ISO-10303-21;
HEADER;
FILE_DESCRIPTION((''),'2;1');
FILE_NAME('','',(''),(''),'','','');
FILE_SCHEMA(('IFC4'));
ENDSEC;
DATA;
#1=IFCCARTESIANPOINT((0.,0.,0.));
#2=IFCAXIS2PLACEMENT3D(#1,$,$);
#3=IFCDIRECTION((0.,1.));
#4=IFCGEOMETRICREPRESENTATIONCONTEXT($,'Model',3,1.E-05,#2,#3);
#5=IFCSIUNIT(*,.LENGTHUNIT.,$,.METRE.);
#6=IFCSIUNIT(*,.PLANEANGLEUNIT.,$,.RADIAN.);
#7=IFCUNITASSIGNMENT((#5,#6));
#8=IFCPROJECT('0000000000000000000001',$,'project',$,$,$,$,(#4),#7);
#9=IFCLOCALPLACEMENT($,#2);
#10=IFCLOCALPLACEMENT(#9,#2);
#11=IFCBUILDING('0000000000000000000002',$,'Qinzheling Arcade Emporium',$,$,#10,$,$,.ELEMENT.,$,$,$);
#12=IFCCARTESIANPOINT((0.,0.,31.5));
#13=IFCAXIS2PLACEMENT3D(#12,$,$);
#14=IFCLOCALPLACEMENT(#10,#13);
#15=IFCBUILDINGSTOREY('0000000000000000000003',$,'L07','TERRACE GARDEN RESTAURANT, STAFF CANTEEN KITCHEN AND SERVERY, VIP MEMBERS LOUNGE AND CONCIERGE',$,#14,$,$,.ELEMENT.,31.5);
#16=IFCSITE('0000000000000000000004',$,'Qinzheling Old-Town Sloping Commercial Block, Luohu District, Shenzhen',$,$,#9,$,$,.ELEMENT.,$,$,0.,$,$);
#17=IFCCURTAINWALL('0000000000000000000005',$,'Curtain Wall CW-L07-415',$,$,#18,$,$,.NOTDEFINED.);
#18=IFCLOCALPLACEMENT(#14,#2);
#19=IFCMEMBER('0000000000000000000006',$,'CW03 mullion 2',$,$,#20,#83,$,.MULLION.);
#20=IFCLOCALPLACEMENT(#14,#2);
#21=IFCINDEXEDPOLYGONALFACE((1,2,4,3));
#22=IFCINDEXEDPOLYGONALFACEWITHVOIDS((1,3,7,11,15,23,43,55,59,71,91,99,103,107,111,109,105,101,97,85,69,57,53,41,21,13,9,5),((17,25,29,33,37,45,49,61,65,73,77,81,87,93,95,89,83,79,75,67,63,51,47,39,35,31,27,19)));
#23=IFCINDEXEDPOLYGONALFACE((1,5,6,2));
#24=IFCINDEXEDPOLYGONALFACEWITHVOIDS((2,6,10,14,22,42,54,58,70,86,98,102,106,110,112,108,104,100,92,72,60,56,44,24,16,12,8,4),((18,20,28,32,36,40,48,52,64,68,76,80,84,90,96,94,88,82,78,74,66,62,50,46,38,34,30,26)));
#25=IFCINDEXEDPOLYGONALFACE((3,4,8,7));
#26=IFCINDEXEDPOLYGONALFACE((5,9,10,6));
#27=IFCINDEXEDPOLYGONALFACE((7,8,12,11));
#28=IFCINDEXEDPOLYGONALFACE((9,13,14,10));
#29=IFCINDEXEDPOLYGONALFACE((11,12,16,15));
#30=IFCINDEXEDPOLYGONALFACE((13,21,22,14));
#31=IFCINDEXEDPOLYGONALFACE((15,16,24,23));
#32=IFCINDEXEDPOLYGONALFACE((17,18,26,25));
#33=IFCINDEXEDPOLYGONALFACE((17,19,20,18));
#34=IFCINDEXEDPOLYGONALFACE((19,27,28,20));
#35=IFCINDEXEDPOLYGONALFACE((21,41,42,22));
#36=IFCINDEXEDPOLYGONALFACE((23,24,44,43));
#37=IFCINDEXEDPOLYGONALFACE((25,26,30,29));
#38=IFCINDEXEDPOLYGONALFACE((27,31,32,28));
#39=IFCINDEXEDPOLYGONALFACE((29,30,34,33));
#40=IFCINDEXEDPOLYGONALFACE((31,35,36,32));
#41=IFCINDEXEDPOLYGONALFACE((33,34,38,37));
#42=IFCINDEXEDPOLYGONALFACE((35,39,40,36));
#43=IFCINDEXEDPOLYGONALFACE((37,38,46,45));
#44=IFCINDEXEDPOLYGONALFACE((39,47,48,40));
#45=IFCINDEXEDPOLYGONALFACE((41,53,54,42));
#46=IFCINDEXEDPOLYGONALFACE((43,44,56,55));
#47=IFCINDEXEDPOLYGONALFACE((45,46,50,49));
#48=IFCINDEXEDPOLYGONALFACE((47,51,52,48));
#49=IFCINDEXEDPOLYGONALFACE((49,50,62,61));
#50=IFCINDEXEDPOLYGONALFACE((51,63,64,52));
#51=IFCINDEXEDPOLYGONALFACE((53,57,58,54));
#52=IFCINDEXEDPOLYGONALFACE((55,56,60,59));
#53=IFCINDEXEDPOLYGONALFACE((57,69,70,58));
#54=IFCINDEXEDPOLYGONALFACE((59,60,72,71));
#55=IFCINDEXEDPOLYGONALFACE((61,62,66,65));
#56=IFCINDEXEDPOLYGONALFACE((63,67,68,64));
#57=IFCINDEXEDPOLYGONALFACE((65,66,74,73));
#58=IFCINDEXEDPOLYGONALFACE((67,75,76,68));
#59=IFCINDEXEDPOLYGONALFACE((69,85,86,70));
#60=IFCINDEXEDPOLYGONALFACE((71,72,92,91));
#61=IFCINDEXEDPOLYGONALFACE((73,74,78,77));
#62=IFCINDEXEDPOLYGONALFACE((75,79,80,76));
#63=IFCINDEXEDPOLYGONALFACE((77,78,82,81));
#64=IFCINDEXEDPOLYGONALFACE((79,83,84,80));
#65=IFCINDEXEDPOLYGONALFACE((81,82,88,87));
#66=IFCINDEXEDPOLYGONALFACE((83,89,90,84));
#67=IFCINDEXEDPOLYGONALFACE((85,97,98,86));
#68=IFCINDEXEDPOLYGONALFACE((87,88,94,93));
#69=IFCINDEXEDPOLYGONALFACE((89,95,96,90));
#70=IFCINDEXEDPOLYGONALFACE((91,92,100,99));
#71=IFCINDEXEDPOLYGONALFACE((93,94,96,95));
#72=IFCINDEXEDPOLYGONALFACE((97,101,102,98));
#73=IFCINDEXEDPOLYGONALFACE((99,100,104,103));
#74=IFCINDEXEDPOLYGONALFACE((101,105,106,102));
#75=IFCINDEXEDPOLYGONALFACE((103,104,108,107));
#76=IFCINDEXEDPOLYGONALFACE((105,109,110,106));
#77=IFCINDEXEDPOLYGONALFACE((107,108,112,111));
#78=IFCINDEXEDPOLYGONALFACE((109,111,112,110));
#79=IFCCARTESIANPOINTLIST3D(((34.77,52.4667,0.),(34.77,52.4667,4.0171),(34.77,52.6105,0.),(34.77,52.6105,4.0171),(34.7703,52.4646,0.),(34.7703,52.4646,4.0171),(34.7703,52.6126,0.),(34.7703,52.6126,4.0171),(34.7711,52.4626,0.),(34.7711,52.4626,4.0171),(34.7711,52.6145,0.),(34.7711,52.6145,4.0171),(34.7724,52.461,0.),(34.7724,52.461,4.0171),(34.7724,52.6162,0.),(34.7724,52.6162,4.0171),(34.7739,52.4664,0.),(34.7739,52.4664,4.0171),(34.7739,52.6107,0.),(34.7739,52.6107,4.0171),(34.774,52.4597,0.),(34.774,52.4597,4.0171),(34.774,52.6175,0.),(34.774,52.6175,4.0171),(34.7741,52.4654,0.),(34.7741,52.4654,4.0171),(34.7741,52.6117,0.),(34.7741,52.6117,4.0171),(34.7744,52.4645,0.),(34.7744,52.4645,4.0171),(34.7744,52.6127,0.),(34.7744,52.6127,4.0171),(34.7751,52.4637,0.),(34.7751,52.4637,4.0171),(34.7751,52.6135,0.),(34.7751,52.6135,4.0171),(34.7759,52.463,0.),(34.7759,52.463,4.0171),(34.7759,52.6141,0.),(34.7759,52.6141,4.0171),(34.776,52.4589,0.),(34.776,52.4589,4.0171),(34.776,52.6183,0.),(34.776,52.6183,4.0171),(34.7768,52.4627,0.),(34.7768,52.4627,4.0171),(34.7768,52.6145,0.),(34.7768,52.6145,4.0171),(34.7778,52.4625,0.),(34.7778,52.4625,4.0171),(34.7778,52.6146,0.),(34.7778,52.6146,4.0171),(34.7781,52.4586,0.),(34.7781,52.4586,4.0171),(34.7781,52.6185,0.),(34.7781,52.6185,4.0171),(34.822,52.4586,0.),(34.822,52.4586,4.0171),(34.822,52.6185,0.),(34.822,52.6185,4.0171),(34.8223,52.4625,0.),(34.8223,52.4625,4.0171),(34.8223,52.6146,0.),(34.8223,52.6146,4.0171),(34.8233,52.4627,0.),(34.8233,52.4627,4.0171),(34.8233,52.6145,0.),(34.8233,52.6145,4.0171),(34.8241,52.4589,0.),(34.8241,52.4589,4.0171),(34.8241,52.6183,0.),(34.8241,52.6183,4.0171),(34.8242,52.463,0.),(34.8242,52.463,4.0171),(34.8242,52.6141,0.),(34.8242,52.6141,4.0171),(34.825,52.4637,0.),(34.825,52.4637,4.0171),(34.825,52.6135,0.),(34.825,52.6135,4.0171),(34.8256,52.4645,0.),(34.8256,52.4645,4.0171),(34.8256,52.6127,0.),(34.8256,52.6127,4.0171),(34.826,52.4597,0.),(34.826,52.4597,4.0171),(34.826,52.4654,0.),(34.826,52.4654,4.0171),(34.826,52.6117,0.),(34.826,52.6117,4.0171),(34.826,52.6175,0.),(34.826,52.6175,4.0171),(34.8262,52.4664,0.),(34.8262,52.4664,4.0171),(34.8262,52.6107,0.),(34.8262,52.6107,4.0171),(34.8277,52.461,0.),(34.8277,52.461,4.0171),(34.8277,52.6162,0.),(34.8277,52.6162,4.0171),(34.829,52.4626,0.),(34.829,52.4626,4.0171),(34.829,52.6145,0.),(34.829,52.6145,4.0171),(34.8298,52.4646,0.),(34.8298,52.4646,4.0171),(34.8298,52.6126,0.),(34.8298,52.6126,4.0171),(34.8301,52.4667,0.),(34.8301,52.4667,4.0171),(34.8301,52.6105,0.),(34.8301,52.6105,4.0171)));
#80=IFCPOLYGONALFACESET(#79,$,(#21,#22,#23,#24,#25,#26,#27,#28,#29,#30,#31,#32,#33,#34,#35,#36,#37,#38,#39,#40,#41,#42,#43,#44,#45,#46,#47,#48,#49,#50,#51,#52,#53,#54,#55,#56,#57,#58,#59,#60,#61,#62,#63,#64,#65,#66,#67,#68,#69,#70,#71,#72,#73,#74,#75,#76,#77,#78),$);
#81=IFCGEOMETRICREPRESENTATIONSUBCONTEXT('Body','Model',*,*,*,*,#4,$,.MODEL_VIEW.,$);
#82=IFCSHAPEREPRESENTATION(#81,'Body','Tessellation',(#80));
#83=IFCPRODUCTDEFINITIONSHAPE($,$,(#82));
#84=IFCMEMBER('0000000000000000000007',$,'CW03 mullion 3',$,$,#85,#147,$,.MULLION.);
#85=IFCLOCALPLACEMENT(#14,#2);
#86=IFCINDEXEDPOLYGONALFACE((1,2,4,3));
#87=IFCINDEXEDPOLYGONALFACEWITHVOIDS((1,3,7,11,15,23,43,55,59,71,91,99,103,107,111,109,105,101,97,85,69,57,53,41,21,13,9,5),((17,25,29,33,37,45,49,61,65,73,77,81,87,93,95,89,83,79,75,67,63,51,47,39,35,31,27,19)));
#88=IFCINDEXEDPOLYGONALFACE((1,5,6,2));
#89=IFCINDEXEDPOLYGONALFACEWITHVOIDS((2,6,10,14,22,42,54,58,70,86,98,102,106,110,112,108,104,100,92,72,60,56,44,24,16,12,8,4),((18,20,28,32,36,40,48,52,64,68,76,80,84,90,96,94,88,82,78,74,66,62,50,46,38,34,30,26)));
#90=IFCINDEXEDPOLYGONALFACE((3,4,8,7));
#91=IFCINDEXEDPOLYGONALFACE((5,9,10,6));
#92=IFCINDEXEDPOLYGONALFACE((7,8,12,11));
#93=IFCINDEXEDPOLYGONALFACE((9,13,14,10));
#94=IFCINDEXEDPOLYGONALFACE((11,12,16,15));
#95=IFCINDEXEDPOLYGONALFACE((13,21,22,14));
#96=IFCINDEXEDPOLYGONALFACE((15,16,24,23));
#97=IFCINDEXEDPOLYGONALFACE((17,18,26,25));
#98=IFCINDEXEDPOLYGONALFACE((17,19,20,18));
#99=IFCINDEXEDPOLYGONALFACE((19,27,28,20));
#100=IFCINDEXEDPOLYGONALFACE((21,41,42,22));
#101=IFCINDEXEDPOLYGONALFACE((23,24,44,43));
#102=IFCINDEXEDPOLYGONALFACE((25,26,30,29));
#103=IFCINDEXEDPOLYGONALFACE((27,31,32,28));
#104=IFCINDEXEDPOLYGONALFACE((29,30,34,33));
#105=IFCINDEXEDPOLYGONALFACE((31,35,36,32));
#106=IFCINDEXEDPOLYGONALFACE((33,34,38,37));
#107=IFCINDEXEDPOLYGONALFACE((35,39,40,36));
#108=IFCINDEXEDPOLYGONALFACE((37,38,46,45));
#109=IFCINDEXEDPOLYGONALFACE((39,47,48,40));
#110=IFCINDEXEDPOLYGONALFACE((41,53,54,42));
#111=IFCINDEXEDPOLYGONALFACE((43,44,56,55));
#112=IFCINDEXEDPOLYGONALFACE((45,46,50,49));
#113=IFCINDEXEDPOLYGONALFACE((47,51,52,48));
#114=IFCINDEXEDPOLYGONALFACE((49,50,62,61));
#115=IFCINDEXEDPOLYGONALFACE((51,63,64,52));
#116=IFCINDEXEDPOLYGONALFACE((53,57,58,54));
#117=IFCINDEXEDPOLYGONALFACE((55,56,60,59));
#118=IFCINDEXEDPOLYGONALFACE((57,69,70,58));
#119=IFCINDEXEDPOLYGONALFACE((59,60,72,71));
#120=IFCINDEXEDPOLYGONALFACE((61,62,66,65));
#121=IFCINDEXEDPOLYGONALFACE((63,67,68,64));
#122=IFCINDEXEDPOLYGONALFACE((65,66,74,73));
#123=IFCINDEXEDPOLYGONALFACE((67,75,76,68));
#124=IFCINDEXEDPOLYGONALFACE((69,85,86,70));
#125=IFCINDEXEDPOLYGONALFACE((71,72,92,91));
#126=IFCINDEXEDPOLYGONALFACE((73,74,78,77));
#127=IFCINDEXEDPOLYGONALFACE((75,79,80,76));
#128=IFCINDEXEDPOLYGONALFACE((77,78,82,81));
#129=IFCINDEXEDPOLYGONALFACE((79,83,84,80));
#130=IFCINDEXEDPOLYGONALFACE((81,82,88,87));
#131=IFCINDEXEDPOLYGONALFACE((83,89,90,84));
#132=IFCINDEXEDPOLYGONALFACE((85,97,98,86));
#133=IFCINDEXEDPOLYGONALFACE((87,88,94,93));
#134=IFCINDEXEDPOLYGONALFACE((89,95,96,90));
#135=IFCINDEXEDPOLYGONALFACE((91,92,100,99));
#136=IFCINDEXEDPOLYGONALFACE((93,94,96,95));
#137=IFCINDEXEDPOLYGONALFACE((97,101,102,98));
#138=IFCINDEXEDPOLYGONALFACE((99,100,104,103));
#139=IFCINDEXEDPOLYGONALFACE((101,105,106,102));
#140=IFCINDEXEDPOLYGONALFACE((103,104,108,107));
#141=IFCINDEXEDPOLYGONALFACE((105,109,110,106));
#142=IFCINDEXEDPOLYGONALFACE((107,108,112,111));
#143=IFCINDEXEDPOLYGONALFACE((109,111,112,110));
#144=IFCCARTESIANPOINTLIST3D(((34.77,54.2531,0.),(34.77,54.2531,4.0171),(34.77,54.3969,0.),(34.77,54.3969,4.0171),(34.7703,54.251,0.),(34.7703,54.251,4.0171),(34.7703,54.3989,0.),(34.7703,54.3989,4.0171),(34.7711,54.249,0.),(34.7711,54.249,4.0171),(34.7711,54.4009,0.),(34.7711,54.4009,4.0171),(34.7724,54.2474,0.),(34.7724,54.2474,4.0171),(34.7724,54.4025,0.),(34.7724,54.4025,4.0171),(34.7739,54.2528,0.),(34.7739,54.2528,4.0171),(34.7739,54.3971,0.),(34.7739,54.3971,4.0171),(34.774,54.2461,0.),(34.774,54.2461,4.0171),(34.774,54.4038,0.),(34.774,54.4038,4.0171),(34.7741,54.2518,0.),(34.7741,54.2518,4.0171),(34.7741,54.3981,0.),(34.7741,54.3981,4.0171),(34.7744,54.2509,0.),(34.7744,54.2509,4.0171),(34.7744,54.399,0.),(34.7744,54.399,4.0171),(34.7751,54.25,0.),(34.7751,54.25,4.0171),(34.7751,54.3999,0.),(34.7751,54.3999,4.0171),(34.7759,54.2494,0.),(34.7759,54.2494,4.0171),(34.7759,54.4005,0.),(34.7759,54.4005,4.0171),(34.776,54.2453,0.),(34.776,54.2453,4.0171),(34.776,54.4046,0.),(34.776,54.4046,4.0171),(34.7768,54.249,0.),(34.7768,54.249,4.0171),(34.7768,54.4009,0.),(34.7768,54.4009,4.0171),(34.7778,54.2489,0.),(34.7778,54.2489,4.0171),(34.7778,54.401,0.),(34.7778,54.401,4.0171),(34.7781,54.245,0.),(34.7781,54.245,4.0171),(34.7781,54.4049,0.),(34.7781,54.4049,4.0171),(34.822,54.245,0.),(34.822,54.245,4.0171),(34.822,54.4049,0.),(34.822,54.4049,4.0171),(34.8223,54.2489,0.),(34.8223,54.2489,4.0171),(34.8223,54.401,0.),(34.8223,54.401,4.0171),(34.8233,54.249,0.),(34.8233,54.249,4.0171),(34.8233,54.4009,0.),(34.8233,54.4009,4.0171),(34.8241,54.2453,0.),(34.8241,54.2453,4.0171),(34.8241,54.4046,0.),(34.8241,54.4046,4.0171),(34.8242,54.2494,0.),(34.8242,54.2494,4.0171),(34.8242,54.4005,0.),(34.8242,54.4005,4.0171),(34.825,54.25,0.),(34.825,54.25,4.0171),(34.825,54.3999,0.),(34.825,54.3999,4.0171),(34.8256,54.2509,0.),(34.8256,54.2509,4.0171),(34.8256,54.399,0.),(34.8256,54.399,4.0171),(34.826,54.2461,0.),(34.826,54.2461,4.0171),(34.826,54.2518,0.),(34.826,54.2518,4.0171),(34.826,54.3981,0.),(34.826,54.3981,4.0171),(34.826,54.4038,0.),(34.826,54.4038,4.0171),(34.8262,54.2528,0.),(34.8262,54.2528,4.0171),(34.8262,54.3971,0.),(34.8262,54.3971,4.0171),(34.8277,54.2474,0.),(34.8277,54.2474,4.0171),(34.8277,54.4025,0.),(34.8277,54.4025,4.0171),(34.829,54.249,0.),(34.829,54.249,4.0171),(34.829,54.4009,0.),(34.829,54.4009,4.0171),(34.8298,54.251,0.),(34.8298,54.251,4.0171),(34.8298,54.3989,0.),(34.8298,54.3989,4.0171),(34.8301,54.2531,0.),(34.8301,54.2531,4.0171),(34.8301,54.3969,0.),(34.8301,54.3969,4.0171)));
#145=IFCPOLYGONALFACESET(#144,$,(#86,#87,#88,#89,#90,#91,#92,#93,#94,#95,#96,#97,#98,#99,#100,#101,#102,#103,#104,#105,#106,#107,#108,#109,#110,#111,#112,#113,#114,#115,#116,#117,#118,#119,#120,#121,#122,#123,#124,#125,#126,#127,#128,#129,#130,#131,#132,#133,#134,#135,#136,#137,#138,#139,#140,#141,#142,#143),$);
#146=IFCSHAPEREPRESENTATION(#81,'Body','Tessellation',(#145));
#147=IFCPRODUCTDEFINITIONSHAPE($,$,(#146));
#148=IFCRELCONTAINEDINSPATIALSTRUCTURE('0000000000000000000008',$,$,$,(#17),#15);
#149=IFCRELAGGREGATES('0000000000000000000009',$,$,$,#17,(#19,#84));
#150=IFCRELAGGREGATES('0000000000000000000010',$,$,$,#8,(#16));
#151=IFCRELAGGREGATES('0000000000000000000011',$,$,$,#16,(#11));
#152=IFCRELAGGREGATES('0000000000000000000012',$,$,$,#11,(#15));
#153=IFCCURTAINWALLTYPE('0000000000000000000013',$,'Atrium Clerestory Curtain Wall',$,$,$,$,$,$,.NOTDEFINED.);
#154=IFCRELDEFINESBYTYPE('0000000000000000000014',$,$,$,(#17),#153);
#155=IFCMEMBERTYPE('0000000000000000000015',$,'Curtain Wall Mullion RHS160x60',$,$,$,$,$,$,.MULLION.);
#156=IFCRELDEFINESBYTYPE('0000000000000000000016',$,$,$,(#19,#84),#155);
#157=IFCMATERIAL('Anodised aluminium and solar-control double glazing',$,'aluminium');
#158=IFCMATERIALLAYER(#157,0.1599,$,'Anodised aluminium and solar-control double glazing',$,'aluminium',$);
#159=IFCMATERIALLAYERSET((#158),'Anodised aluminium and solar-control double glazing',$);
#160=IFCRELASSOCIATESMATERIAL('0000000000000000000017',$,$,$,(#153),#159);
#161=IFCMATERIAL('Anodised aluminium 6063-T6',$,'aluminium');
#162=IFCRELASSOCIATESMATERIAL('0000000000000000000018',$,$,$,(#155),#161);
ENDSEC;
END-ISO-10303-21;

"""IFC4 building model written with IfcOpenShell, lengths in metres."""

from ifc_helpers import new_model, si_unit, direction, frame, origin, origin_2d, place, context, subcontext, project, spatial, hollow_rectangle, extrude, material, layer, layer_set, material_profile, profile_set, type_object, element, aggregate, save


model = new_model("IFC4")

# Units and contexts
model_context = context("Model", 3, precision=1e-05, world=origin(), true_north=direction((0.0, 1.0)))
body_context = subcontext(model_context, "Body", "Model", "MODEL_VIEW")
ifc_project = project(units=[si_unit("LENGTHUNIT", "METRE"), si_unit("PLANEANGLEUNIT", "RADIAN")], contexts=[model_context])

# Site, building, storey
site_placement = place(None, origin())
site = spatial("IfcSite", under=ifc_project, at=site_placement, Name="Qinzheling Old-Town Sloping Commercial Block, Luohu District, Shenzhen", CompositionType="ELEMENT", RefElevation=0.0)
building_placement = place(site_placement, origin())
building = spatial("IfcBuilding", under=site, at=building_placement, Name="Qinzheling Arcade Emporium", CompositionType="ELEMENT")
storey_placement = place(building_placement, frame((0.0, 0.0, 31.5)))
storey = spatial("IfcBuildingStorey", under=building, at=storey_placement, Name="L07", Description="TERRACE GARDEN RESTAURANT, STAFF CANTEEN KITCHEN AND SERVERY, VIP MEMBERS LOUNGE AND CONCIERGE", CompositionType="ELEMENT", Elevation=31.5)

# Curtain wall, members
ifc_material_1 = material(Name="Anodised aluminium and solar-control double glazing", Category="aluminium")
ifc_layer_1 = layer(ifc_material_1, 0.1599, Name="Anodised aluminium and solar-control double glazing", Category="aluminium")
ifc_layer_set_1 = layer_set([ifc_layer_1], Name="Anodised aluminium and solar-control double glazing")
curtain_wall_type = type_object("IfcCurtainWallType", Name="Atrium Clerestory Curtain Wall", PredefinedType="NOTDEFINED", material=ifc_layer_set_1)
curtain_wall_placement = place(storey_placement, origin())
curtain_wall = element("IfcCurtainWall", 1, at=curtain_wall_placement, inside=storey, type_object=curtain_wall_type, Name="Curtain Wall CW-L07-415", PredefinedType="NOTDEFINED")
ifc_material_2 = material(Name="Anodised aluminium 6063-T6", Category="aluminium")
ifc_material_profile_1 = material_profile(ifc_material_2, hollow_rectangle(XDim=0.0601, YDim=0.1599, WallThickness=0.0039, InnerFilletRadius=0.0039, OuterFilletRadius=0.0081, at=origin_2d()), Name="RHS 160x60x4", Category="aluminium")
ifc_profile_set_1 = profile_set([ifc_material_profile_1], Name="Anodised aluminium 6063-T6")
member_type_1 = type_object("IfcMemberType", Name="Curtain Wall Mullion RHS160x60", PredefinedType="MULLION", material=ifc_profile_set_1)
member_1_placement = place(storey_placement, frame((34.8, 52.5386, 0.0), z_axis=(0.0, 0.0, 1.0), x_axis=(-1.0, 0.0, 0.0)))
member_1 = element("IfcMember", 2, at=member_1_placement, type_object=member_type_1, Name="CW03 mullion 2", PredefinedType="MULLION", context=body_context, shape_type="SweptSolid", body=[
    extrude(hollow_rectangle(XDim=0.0601, YDim=0.1599, WallThickness=0.0039, InnerFilletRadius=0.0039, OuterFilletRadius=0.0081, at=origin_2d()), origin(), (0.0, 0.0, 1.0), 4.0171),
])
member_2_placement = place(storey_placement, frame((34.8, 54.325, 0.0), z_axis=(0.0, 0.0, 1.0), x_axis=(-1.0, 0.0, 0.0)))
member_2 = element("IfcMember", 3, at=member_2_placement, type_object=member_type_1, Name="CW03 mullion 3", PredefinedType="MULLION", context=body_context, shape_type="SweptSolid", body=[
    extrude(hollow_rectangle(XDim=0.0601, YDim=0.1599, WallThickness=0.0039, InnerFilletRadius=0.0039, OuterFilletRadius=0.0081, at=origin_2d()), origin(), (0.0, 0.0, 1.0), 4.0171),
])
aggregate(curtain_wall, [member_1, member_2])

save(model, "model.ifc")
